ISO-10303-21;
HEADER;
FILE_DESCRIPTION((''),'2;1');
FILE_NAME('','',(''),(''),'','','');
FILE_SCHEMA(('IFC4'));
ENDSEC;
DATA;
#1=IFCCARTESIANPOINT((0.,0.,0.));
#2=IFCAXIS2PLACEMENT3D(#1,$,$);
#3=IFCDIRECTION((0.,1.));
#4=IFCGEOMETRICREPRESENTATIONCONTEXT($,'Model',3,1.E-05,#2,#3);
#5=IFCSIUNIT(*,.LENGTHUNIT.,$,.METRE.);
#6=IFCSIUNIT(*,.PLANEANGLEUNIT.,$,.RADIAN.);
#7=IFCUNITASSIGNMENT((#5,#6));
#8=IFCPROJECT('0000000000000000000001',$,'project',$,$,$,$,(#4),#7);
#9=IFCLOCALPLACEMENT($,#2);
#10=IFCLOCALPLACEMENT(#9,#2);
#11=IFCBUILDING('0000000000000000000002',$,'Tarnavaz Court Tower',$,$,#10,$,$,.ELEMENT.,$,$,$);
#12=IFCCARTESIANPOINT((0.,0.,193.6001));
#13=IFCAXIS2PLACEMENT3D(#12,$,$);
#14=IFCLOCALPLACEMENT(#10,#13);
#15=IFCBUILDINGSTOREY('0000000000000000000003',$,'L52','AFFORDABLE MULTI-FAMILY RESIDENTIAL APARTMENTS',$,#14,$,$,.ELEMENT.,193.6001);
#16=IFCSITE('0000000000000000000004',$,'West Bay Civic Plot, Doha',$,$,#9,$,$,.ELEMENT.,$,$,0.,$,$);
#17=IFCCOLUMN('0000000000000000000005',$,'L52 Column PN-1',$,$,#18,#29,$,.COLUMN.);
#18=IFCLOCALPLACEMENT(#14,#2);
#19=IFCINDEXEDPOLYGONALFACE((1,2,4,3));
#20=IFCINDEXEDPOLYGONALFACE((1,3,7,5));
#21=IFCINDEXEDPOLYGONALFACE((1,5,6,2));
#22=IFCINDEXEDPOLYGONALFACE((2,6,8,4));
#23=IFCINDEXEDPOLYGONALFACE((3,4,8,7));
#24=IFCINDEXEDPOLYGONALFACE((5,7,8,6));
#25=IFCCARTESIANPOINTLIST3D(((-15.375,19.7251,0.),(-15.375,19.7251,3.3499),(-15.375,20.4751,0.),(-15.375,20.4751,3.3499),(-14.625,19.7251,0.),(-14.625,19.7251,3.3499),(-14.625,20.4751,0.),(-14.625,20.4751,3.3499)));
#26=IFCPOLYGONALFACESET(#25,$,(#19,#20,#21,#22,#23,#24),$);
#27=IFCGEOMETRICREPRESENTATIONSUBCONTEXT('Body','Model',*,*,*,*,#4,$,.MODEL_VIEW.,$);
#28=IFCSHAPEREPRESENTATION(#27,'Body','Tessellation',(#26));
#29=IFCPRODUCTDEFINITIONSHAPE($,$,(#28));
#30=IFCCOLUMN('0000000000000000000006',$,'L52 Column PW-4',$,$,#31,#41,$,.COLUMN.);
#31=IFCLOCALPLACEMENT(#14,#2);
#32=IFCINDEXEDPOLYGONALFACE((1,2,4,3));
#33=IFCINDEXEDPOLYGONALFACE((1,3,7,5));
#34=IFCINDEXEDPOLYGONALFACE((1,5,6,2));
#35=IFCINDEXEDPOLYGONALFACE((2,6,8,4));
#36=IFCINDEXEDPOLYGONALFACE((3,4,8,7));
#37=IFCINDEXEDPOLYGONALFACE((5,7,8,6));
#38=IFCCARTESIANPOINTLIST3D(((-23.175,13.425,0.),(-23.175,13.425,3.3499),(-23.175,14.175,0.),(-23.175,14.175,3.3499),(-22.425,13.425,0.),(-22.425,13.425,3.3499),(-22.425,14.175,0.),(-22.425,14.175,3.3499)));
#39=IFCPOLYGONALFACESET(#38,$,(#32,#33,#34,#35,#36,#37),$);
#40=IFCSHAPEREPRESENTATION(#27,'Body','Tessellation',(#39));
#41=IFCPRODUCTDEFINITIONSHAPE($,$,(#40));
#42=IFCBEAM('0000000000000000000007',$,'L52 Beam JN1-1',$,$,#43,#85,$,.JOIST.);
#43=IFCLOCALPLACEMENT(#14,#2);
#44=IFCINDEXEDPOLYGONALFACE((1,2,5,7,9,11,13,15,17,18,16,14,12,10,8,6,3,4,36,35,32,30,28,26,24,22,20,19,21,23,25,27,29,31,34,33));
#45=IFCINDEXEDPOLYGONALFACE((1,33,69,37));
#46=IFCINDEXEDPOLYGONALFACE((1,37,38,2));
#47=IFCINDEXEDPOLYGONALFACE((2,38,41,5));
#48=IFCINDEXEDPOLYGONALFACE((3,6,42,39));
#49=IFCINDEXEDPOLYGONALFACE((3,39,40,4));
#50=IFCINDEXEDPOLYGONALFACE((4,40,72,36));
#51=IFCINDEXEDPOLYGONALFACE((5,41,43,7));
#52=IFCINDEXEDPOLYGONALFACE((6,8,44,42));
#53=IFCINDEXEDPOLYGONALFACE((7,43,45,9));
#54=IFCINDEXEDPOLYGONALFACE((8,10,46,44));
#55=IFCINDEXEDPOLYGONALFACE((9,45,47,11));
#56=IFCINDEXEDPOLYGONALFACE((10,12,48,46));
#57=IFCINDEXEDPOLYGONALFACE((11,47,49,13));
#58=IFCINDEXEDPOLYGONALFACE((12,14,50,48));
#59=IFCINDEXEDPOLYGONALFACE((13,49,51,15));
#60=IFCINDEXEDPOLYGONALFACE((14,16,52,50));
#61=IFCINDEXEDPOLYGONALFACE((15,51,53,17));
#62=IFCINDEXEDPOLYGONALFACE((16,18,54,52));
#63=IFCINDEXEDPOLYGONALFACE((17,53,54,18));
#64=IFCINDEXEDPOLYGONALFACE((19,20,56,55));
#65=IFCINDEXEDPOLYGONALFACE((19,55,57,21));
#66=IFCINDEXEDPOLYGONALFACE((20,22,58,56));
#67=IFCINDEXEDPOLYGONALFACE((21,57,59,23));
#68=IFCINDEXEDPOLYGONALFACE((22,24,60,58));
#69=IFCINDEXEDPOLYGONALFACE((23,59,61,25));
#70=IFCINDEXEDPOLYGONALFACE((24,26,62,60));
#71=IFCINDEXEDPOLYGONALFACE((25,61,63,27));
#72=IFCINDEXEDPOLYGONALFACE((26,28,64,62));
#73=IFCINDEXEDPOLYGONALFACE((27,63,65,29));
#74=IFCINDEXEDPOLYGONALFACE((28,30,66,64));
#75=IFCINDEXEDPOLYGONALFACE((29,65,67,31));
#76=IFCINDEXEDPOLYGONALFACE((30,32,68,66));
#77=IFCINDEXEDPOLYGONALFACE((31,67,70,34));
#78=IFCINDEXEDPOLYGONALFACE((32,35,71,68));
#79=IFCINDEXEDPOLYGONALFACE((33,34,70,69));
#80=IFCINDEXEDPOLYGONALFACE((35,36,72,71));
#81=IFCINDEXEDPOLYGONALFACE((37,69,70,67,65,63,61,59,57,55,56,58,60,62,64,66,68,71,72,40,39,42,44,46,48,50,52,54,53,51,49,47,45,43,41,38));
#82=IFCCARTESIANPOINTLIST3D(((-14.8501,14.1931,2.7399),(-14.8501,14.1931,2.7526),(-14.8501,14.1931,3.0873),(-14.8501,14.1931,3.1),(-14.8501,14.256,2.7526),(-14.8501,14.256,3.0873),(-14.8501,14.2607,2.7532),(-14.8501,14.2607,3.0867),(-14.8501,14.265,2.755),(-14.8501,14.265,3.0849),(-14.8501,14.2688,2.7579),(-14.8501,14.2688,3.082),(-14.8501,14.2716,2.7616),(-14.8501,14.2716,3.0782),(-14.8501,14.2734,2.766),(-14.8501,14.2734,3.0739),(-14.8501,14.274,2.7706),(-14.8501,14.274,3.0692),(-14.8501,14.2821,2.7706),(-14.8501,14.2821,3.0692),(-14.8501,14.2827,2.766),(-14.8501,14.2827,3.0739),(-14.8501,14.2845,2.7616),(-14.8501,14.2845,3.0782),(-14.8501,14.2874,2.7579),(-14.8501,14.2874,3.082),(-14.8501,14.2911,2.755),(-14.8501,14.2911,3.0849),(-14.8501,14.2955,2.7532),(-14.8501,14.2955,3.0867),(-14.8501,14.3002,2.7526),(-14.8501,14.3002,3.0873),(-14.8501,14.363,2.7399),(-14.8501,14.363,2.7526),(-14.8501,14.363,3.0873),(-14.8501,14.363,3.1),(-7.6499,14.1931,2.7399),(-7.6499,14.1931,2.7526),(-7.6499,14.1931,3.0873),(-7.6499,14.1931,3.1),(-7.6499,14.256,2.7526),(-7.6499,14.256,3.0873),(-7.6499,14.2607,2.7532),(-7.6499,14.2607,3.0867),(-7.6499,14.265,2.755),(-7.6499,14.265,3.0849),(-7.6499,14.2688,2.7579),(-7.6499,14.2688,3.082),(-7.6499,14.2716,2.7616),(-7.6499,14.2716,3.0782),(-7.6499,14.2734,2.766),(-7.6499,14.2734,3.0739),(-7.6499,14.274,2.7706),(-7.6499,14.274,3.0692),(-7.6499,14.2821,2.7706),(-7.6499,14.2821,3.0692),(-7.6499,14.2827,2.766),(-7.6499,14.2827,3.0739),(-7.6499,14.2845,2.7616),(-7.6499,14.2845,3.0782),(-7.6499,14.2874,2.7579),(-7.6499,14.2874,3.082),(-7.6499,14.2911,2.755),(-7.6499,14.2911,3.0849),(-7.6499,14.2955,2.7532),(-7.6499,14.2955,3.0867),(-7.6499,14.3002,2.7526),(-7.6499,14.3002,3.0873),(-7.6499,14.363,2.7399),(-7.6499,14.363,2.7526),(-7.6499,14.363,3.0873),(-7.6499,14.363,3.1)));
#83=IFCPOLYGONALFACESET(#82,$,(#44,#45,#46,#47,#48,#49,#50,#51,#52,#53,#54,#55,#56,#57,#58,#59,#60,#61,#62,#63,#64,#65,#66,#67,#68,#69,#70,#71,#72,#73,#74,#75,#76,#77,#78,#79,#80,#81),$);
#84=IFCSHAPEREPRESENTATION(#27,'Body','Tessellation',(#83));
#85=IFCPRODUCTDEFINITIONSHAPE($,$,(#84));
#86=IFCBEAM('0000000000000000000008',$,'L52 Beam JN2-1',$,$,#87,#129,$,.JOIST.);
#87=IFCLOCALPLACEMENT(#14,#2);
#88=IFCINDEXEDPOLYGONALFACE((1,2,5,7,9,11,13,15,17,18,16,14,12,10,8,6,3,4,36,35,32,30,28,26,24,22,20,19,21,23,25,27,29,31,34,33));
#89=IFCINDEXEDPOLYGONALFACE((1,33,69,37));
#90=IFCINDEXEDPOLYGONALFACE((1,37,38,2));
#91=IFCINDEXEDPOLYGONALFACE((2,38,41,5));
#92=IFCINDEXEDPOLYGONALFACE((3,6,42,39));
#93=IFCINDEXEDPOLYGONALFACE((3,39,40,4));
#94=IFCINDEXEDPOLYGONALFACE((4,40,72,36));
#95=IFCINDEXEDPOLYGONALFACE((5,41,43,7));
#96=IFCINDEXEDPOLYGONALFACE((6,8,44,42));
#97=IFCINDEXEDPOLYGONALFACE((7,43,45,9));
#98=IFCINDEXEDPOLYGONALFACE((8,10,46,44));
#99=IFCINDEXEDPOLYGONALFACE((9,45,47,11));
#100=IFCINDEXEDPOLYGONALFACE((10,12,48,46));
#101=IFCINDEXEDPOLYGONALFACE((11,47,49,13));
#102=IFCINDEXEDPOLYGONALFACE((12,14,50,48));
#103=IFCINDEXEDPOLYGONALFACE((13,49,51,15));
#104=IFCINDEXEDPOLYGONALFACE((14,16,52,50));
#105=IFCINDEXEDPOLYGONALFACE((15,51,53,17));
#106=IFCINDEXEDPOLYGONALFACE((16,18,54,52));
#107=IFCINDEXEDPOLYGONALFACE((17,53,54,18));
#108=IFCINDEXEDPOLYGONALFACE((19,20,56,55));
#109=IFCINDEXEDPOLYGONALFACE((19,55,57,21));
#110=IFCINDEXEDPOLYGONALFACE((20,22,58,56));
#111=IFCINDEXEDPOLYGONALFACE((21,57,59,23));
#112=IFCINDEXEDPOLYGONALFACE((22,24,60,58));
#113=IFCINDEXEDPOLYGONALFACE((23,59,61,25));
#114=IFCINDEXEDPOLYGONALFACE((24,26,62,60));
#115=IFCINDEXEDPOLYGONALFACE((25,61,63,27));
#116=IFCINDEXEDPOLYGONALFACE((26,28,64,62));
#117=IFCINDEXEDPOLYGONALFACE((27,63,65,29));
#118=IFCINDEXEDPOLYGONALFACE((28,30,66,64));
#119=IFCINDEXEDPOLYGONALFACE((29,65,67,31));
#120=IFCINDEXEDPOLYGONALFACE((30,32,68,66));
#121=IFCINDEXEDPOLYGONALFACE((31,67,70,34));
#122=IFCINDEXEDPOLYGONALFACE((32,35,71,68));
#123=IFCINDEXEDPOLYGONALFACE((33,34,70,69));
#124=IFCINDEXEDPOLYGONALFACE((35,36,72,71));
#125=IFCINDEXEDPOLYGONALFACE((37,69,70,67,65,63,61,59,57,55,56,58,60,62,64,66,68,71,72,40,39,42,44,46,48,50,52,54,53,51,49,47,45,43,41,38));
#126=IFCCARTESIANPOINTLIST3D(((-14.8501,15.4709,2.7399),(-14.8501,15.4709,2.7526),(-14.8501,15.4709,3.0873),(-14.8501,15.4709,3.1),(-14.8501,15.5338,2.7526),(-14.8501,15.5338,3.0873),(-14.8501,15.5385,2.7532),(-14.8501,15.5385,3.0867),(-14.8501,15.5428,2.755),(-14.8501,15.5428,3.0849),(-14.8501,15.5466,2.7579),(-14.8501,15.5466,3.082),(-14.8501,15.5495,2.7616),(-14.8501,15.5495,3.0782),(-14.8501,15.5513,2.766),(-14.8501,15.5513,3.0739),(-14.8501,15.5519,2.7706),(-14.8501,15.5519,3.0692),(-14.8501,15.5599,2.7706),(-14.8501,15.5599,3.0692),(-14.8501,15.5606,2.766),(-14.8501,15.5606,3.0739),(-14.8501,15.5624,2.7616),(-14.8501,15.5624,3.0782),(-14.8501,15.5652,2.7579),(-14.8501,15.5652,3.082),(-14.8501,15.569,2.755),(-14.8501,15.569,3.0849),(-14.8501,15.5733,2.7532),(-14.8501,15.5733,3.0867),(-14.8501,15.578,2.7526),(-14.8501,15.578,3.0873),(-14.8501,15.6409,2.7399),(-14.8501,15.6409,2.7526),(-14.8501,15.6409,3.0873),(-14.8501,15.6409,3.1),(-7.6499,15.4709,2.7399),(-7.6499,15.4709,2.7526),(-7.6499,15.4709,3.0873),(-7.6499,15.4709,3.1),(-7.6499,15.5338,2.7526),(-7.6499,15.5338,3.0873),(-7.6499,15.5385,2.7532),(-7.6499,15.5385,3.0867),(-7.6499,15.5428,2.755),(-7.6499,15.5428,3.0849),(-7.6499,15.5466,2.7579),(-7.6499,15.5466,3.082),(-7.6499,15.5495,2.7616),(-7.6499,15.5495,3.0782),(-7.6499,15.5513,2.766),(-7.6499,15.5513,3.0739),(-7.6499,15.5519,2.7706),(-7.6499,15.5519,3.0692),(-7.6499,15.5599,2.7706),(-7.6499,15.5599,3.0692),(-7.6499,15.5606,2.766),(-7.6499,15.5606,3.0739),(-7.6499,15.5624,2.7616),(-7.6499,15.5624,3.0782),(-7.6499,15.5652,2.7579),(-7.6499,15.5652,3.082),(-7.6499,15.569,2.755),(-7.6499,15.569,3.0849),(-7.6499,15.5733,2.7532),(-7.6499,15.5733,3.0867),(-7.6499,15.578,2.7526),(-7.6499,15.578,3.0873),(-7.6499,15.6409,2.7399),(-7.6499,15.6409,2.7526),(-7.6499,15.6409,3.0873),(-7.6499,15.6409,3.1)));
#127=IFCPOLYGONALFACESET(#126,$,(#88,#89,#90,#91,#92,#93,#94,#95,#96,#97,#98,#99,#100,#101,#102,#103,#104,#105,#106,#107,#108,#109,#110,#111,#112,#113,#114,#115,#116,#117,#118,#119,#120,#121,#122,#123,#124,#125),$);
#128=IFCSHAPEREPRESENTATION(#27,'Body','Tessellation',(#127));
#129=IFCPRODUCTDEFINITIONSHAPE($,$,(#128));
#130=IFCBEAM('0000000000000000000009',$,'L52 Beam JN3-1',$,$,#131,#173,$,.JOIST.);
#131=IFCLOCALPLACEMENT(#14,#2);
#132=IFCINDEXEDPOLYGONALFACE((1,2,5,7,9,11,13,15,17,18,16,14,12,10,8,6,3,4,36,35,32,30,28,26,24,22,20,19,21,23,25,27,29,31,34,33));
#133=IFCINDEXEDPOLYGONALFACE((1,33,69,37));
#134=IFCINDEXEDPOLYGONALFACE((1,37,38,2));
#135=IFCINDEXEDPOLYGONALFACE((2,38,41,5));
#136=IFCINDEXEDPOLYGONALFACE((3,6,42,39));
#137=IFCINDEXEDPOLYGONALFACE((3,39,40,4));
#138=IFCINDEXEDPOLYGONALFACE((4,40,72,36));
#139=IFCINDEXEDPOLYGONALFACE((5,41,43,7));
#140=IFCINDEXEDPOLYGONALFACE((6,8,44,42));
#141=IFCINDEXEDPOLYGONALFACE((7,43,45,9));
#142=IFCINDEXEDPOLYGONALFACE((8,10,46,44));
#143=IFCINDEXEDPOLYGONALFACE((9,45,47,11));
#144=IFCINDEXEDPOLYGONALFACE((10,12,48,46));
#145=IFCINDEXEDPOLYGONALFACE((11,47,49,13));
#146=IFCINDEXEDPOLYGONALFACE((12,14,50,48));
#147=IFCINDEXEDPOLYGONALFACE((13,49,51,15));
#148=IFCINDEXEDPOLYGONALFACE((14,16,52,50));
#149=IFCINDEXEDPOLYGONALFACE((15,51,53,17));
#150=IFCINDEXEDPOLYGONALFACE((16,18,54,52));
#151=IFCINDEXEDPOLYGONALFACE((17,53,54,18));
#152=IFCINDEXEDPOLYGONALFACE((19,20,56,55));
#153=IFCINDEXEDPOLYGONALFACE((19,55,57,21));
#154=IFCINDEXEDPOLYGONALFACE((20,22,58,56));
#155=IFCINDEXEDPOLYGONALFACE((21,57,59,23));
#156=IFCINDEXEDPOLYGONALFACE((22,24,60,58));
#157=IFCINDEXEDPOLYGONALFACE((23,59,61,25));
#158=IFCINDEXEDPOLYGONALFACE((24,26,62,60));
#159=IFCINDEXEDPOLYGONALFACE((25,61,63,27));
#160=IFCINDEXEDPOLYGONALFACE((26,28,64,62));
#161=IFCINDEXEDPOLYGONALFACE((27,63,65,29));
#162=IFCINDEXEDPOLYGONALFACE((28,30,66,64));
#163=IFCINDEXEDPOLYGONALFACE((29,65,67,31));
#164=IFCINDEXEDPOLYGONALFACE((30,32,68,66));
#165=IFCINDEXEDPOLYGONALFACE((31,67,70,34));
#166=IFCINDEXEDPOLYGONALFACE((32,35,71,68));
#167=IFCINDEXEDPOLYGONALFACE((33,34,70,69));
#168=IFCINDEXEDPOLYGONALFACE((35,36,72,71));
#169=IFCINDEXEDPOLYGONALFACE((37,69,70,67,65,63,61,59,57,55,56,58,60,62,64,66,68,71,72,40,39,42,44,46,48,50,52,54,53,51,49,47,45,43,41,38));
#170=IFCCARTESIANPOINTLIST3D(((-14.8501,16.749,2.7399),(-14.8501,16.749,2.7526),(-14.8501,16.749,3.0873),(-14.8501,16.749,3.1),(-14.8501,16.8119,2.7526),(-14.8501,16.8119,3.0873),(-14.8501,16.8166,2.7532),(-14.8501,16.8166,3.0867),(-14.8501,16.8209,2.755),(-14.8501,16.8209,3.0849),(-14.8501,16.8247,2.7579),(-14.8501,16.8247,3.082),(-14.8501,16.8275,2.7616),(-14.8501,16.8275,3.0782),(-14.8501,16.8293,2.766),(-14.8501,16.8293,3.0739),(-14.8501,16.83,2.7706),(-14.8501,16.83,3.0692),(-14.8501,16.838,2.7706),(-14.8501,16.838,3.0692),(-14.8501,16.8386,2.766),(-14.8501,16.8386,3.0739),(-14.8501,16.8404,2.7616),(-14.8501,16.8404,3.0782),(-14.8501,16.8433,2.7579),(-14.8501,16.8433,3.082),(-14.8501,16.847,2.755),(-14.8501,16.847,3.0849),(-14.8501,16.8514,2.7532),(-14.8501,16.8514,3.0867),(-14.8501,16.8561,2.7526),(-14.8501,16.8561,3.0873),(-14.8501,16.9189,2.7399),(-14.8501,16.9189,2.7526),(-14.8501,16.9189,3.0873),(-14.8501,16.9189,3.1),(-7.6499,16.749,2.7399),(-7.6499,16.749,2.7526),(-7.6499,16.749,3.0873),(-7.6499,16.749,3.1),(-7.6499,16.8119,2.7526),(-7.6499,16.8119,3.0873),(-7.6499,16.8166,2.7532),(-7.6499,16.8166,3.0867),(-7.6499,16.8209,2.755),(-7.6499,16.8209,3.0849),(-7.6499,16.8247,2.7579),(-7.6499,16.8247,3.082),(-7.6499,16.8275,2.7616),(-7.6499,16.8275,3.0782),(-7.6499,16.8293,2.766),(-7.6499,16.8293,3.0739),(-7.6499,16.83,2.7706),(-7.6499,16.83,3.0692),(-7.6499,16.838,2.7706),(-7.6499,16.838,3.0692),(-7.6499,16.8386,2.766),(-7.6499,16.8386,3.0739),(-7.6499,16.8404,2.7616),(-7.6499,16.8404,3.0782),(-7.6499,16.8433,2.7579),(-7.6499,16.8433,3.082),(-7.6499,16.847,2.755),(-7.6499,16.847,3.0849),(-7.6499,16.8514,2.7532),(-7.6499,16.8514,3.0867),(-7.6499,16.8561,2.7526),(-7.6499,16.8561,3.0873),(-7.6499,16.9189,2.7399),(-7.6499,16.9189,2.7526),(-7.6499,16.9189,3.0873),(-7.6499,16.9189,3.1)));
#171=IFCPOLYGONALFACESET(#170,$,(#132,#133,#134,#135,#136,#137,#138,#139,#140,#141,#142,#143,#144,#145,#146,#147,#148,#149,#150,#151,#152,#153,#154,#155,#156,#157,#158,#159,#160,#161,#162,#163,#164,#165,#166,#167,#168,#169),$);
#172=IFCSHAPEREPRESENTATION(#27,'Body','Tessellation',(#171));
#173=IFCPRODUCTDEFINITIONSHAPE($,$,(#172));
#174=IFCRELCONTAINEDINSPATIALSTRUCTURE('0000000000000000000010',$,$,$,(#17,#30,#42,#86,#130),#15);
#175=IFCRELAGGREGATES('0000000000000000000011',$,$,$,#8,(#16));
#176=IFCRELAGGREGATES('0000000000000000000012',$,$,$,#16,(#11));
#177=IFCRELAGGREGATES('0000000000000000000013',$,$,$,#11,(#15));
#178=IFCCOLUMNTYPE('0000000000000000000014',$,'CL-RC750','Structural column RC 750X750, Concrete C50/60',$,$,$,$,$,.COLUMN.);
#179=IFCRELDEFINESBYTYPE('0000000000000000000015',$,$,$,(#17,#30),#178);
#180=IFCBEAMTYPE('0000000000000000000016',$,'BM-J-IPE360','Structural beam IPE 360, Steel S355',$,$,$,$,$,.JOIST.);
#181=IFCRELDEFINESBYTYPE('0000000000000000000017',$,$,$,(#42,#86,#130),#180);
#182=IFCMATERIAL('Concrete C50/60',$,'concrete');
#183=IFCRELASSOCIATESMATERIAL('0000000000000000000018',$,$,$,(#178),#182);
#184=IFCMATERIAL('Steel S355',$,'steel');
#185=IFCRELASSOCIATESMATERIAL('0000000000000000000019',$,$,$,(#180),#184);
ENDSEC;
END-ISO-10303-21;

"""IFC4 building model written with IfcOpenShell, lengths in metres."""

from ifc_helpers import new_model, si_unit, direction, frame, origin, origin_2d, place, context, subcontext, project, spatial, rectangle, i_section, extrude, material, material_profile, profile_set, type_object, element, save


model = new_model("IFC4")

# Units and contexts
model_context = context("Model", 3, precision=1e-05, world=origin(), true_north=direction((0.0, 1.0)))
body_context = subcontext(model_context, "Body", "Model", "MODEL_VIEW")
ifc_project = project(units=[si_unit("LENGTHUNIT", "METRE"), si_unit("PLANEANGLEUNIT", "RADIAN")], contexts=[model_context])

# Site, building, storey
site_placement = place(None, origin())
site = spatial("IfcSite", under=ifc_project, at=site_placement, Name="West Bay Civic Plot, Doha", CompositionType="ELEMENT", RefElevation=0.0)
building_placement = place(site_placement, origin())
building = spatial("IfcBuilding", under=site, at=building_placement, Name="Tarnavaz Court Tower", CompositionType="ELEMENT")
storey_placement = place(building_placement, frame((0.0, 0.0, 193.6001)))
storey = spatial("IfcBuildingStorey", under=building, at=storey_placement, Name="L52", Description="AFFORDABLE MULTI-FAMILY RESIDENTIAL APARTMENTS", CompositionType="ELEMENT", Elevation=193.6001)

# Columns
ifc_material_1 = material(Name="Concrete C50/60", Category="concrete")
ifc_material_profile_1 = material_profile(ifc_material_1, rectangle(XDim=0.75, YDim=0.75, at=origin_2d()), Name="RC 750X750")
ifc_profile_set_1 = profile_set([ifc_material_profile_1], Name="Concrete C50/60")
column_type = type_object("IfcColumnType", Name="CL-RC750", Description="Structural column RC 750X750, Concrete C50/60", PredefinedType="COLUMN", material=ifc_profile_set_1)
for number, where, z_axis, x_axis, name in (
    (1, (-15.0, 20.1001, 0.0), (0.0, 0.0, 1.0), (1.0, 0.0, 0.0), "L52 Column PN-1"),
    (2, (-22.8, 13.8, 0.0), (0.0, 0.0, 1.0), (1.0, 0.0, 0.0), "L52 Column PW-4"),
):
    element("IfcColumn", number, at=place(storey_placement, frame(where, z_axis=z_axis, x_axis=x_axis)), inside=storey, type_object=column_type, Name=name, PredefinedType="COLUMN", context=body_context, shape_type="SweptSolid", body=[
        extrude(rectangle(XDim=0.75, YDim=0.75, at=origin_2d()), origin(), (0.0, 0.0, 1.0), 3.3499),
    ])

# Beams
ifc_material_2 = material(Name="Steel S355", Category="steel")
ifc_material_profile_2 = material_profile(ifc_material_2, i_section(OverallWidth=0.1699, OverallDepth=0.3601, WebThickness=0.0081, FlangeThickness=0.0127, FilletRadius=0.0181, at=origin_2d()), Name="IPE 360")
ifc_profile_set_2 = profile_set([ifc_material_profile_2], Name="Steel S355")
beam_type_1 = type_object("IfcBeamType", Name="BM-J-IPE360", Description="Structural beam IPE 360, Steel S355", PredefinedType="JOIST", material=ifc_profile_set_2)
for number, where, z_axis, x_axis, name in (
    (3, (-14.8501, 14.2781, 2.9199), (1.0, 0.0, 0.0), (0.0, 1.0, 0.0), "L52 Beam JN1-1"),
    (4, (-14.8501, 15.5559, 2.9199), (1.0, 0.0, 0.0), (0.0, 1.0, 0.0), "L52 Beam JN2-1"),
    (5, (-14.8501, 16.834, 2.9199), (1.0, 0.0, 0.0), (0.0, 1.0, 0.0), "L52 Beam JN3-1"),
):
    element("IfcBeam", number, at=place(storey_placement, frame(where, z_axis=z_axis, x_axis=x_axis)), inside=storey, type_object=beam_type_1, Name=name, PredefinedType="JOIST", context=body_context, shape_type="SweptSolid", body=[
        extrude(i_section(OverallWidth=0.1699, OverallDepth=0.3601, WebThickness=0.0081, FlangeThickness=0.0127, FilletRadius=0.0181, at=origin_2d()), origin(), (0.0, 0.0, 1.0), 7.2002),
    ])

save(model, "model.ifc")
